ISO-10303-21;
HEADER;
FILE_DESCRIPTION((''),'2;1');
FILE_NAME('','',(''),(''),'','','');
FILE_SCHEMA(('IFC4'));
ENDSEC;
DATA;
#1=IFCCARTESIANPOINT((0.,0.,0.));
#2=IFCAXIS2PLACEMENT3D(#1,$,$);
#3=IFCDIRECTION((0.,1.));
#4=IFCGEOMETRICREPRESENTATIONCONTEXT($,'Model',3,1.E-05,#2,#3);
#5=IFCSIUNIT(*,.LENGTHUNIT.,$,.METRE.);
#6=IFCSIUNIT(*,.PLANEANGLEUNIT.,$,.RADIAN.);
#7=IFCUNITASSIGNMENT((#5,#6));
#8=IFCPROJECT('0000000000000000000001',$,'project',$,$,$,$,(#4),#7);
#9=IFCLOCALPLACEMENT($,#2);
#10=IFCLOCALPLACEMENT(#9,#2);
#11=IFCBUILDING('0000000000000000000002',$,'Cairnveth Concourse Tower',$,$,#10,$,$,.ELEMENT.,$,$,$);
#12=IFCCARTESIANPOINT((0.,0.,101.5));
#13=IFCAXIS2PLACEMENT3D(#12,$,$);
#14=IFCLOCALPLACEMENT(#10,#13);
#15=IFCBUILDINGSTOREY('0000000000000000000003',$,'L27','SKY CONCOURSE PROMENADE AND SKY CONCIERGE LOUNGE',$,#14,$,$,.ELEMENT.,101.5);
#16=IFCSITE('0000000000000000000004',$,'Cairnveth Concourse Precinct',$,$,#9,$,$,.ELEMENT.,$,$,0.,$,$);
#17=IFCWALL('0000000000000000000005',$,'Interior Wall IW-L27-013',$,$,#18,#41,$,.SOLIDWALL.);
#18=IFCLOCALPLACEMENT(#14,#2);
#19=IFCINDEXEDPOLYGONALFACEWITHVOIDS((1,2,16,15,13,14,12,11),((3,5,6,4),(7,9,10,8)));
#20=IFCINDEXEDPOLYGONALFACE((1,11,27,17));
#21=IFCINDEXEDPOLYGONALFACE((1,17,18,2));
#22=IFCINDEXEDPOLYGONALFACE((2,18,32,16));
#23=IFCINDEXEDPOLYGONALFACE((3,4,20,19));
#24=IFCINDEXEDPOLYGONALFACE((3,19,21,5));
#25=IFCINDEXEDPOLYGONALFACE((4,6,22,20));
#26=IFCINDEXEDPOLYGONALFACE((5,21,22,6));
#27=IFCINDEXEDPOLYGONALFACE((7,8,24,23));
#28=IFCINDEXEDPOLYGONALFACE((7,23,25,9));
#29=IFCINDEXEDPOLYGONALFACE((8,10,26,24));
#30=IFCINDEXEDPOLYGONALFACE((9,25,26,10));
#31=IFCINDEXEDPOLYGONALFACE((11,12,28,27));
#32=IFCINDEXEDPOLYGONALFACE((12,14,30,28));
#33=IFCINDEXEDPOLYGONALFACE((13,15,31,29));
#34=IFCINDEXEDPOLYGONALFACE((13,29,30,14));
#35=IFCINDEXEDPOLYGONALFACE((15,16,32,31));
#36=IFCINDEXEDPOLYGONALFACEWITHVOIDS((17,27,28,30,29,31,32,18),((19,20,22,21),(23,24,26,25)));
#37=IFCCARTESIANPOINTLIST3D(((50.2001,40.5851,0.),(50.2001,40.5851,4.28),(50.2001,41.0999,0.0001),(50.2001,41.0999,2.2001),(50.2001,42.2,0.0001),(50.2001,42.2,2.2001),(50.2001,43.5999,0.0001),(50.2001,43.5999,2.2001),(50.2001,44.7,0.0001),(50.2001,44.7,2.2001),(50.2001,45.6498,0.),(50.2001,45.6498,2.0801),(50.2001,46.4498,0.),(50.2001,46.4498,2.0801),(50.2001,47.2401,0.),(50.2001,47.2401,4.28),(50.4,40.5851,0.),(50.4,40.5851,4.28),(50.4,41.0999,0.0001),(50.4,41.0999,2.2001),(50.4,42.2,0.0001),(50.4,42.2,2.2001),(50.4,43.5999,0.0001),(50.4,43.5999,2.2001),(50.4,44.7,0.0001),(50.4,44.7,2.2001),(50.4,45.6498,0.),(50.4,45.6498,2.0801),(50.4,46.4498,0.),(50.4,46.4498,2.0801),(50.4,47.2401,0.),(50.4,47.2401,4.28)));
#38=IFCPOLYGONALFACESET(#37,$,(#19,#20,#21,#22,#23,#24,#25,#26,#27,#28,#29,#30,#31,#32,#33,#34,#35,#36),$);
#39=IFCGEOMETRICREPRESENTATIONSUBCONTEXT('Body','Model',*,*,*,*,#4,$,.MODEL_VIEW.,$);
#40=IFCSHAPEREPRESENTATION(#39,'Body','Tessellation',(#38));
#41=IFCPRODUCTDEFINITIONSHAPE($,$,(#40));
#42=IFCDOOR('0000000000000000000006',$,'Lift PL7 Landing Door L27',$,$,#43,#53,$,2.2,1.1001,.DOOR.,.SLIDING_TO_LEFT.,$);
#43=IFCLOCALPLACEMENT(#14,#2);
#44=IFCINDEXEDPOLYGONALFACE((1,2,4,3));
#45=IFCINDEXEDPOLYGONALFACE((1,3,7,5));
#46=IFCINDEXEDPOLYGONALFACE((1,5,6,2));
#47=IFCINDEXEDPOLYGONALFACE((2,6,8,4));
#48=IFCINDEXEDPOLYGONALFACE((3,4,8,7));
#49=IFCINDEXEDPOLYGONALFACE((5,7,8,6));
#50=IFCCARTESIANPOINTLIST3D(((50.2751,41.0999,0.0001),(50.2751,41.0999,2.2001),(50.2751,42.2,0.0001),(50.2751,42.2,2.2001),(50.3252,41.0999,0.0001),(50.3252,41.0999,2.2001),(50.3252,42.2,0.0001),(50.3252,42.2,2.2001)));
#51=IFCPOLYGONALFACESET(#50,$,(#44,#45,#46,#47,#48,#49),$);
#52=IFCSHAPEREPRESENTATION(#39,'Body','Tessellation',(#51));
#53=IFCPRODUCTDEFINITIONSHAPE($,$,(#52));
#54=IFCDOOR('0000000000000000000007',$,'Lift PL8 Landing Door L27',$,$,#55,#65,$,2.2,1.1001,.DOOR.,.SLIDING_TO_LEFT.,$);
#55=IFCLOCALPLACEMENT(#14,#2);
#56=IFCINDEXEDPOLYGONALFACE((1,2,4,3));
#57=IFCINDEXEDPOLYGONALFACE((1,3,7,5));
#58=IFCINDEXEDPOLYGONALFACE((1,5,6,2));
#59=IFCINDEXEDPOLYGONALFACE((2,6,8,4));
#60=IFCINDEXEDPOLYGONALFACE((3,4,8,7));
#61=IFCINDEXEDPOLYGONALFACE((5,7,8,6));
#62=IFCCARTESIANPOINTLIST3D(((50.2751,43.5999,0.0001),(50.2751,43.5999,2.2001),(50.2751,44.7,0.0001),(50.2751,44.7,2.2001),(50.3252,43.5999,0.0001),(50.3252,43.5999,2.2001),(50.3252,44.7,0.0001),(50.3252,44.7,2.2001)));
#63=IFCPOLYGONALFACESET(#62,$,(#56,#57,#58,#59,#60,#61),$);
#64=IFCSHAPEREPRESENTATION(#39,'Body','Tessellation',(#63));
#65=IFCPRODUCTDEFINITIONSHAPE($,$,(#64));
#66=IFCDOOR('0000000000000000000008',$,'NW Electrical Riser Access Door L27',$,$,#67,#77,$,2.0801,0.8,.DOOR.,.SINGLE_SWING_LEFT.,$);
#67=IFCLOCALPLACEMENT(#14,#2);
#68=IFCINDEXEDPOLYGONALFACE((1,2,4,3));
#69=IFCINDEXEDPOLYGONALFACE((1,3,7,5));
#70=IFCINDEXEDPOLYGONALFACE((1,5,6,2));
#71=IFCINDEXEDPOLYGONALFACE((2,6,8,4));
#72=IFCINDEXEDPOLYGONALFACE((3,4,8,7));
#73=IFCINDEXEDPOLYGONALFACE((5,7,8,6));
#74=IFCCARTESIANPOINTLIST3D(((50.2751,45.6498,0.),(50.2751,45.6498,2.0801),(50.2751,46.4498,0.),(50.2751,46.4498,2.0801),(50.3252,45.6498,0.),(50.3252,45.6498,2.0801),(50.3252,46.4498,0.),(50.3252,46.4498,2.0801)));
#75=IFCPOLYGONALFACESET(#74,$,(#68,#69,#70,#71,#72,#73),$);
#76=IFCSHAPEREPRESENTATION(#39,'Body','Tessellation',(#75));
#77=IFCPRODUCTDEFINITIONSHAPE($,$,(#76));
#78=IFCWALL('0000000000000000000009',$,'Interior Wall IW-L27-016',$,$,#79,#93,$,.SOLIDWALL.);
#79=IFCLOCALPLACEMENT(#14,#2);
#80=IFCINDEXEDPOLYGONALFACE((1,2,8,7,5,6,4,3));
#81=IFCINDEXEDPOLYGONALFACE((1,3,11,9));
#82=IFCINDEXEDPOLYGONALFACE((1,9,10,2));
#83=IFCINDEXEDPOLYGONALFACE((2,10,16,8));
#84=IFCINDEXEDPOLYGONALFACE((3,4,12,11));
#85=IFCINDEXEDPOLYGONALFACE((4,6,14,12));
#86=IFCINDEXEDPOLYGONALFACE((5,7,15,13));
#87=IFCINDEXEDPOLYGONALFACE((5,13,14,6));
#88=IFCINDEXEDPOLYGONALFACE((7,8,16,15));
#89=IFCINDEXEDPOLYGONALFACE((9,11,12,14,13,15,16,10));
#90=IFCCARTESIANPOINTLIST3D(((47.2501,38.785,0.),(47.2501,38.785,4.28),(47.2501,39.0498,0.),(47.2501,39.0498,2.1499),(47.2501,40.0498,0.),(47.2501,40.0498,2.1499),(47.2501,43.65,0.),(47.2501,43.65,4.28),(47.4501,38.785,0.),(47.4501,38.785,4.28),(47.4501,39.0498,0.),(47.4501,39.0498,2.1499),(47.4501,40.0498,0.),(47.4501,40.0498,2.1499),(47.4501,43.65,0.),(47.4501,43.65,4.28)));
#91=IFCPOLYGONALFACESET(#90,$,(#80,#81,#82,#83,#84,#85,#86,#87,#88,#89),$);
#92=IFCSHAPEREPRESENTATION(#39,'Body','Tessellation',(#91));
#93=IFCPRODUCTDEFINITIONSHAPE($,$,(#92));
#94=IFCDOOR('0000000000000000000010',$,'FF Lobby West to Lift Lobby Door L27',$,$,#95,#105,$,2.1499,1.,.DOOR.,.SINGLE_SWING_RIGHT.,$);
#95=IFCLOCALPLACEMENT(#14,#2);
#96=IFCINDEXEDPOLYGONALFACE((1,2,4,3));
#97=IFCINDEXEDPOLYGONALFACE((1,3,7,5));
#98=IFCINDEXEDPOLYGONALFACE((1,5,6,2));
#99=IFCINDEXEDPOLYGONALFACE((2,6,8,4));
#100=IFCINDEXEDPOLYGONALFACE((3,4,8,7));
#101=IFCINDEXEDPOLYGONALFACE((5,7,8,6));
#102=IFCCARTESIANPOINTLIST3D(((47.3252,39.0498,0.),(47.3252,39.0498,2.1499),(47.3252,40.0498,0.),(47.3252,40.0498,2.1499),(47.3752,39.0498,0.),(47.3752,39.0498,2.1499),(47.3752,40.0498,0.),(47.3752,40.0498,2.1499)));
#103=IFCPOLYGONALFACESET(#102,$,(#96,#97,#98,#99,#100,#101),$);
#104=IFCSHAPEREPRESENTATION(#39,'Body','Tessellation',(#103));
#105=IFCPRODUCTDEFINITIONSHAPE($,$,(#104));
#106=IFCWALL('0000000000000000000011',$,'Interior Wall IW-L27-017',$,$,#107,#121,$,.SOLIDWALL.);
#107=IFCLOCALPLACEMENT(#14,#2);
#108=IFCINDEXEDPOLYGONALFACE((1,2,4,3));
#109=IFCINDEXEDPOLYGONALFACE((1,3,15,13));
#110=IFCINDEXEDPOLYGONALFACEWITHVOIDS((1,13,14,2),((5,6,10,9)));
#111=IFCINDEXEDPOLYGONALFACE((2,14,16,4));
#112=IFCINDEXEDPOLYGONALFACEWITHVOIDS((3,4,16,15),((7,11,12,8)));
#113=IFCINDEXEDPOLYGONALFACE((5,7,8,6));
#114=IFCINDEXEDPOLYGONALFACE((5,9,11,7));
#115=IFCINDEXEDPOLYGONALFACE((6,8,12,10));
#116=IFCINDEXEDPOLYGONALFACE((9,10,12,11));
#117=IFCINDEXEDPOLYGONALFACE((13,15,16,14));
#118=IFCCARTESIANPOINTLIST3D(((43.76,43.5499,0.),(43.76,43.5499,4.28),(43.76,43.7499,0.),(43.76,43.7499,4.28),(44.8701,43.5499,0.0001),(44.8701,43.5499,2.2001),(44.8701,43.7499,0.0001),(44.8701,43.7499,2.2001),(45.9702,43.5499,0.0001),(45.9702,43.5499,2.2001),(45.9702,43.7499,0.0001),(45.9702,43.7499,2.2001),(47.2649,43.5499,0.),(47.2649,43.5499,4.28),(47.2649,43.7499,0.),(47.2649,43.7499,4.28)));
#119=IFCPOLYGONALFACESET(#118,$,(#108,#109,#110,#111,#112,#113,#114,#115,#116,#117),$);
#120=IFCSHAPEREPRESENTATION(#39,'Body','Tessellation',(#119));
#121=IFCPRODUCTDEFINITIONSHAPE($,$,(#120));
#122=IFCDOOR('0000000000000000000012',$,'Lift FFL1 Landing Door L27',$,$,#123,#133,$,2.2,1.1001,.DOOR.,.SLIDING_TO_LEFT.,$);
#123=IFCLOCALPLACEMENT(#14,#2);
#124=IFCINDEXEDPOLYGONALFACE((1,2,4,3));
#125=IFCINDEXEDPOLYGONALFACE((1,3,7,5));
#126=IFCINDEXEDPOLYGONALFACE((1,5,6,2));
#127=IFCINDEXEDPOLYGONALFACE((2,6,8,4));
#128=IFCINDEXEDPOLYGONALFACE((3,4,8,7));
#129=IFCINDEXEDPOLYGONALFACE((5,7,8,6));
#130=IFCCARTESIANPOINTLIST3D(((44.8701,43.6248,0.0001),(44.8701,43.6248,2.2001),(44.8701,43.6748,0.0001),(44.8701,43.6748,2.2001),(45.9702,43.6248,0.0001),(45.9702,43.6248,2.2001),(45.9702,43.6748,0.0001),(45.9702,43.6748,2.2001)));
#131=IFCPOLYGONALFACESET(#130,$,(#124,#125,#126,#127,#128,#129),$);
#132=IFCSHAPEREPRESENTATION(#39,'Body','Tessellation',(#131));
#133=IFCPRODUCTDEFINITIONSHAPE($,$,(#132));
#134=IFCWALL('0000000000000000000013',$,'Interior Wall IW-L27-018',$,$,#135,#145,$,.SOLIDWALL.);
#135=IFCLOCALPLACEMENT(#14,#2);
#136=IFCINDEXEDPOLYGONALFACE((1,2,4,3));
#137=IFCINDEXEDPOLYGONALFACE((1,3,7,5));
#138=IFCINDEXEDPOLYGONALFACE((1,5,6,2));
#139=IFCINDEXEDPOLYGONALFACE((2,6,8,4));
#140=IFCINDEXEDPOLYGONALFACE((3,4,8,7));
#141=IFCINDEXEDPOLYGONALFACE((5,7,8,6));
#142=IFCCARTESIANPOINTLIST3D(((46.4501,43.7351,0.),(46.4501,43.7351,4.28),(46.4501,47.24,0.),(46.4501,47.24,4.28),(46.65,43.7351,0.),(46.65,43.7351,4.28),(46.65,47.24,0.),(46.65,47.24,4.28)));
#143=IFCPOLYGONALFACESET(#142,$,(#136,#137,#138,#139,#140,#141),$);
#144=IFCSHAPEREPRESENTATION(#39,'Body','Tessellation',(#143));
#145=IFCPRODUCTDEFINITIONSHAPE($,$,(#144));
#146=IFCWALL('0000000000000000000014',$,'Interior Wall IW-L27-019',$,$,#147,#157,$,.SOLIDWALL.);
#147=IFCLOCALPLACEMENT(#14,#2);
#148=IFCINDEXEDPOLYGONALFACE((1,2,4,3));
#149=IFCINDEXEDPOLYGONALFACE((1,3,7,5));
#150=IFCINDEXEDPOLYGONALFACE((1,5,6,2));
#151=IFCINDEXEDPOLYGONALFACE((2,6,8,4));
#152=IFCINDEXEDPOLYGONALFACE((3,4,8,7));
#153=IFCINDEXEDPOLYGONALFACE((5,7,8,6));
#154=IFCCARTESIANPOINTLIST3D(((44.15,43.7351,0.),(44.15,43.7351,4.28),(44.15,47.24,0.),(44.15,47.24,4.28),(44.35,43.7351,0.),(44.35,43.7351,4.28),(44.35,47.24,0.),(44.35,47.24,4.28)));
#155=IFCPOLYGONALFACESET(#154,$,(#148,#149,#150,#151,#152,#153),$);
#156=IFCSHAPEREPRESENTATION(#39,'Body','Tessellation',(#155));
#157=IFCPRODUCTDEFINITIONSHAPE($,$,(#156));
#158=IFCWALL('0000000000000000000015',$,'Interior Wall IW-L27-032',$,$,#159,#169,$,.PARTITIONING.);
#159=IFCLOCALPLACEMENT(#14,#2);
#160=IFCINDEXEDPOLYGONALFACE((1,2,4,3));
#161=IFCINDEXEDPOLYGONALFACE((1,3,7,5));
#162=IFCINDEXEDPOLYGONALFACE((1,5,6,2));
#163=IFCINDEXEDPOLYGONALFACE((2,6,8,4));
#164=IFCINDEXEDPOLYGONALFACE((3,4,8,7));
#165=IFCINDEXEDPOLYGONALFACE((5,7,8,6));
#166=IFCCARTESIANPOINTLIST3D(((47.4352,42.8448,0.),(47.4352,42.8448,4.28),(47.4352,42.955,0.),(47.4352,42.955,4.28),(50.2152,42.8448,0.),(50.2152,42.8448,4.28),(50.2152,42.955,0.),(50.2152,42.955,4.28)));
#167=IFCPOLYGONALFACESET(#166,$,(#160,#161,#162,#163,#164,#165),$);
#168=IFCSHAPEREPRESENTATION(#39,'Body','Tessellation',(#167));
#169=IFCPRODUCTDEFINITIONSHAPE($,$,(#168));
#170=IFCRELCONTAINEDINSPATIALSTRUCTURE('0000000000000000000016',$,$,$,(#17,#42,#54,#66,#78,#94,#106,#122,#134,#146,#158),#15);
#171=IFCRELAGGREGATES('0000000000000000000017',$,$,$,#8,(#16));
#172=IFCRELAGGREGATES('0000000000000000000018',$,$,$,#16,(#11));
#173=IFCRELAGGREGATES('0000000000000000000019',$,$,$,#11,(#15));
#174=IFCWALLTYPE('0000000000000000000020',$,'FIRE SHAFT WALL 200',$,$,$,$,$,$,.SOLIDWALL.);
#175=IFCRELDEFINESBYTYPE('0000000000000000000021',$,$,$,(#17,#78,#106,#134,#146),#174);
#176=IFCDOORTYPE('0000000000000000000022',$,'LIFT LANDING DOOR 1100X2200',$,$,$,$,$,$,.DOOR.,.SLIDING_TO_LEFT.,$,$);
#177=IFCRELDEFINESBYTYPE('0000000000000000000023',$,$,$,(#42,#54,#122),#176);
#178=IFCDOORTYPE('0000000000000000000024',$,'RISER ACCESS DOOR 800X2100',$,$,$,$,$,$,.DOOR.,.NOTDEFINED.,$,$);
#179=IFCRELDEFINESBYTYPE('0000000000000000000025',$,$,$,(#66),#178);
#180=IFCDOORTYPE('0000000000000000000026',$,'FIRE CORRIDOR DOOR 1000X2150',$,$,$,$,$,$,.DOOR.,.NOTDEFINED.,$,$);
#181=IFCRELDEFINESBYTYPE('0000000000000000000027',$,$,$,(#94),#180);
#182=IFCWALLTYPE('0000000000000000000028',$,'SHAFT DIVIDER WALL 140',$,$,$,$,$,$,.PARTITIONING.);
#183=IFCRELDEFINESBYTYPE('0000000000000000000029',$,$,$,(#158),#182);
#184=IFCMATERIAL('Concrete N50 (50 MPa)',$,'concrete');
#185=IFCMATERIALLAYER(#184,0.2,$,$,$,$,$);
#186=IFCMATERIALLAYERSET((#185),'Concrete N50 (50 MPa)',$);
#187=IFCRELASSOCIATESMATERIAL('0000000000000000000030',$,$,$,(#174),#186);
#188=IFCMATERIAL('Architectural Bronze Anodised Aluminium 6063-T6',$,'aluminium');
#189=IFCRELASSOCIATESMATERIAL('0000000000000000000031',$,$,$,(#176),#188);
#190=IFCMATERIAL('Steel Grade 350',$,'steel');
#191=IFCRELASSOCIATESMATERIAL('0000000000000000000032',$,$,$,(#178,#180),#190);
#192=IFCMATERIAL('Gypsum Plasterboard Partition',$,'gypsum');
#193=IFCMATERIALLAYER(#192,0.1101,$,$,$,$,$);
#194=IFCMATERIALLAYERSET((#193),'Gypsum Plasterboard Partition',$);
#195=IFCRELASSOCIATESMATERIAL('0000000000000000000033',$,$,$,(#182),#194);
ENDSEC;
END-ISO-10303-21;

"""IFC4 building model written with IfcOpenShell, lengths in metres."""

from ifc_helpers import new_model, si_unit, direction, frame, frame_2d, origin, place, context, subcontext, project, spatial, rectangle, extrude, material, layer, layer_set, type_object, element, fill, save


model = new_model("IFC4")

# Units and contexts
model_context = context("Model", 3, precision=1e-05, world=origin(), true_north=direction((0.0, 1.0)))
body_context = subcontext(model_context, "Body", "Model", "MODEL_VIEW")
ifc_project = project(units=[si_unit("LENGTHUNIT", "METRE"), si_unit("PLANEANGLEUNIT", "RADIAN")], contexts=[model_context])

# Site, building, storey
site_placement = place(None, origin())
site = spatial("IfcSite", under=ifc_project, at=site_placement, Name="Cairnveth Concourse Precinct", CompositionType="ELEMENT", RefElevation=0.0)
building_placement = place(site_placement, origin())
building = spatial("IfcBuilding", under=site, at=building_placement, Name="Cairnveth Concourse Tower", CompositionType="ELEMENT")
storey_placement = place(building_placement, frame((0.0, 0.0, 101.5)))
storey = spatial("IfcBuildingStorey", under=building, at=storey_placement, Name="L27", Description="SKY CONCOURSE PROMENADE AND SKY CONCIERGE LOUNGE", CompositionType="ELEMENT", Elevation=101.5)

# Shared definitions
ifc_material_1 = material(Name="Architectural Bronze Anodised Aluminium 6063-T6", Category="aluminium")

# Shared definitions
ifc_material_2 = material(Name="Concrete N50 (50 MPa)", Category="concrete")

# Shared definitions
ifc_material_3 = material(Name="Steel Grade 350", Category="steel")

# Shared definitions
ifc_layer_1 = layer(ifc_material_2, 0.2)
ifc_layer_set_1 = layer_set([ifc_layer_1], Name="Concrete N50 (50 MPa)")
wall_type_1 = type_object("IfcWallType", Name="FIRE SHAFT WALL 200", PredefinedType="SOLIDWALL", material=ifc_layer_set_1)

# Wall, openings, doors
wall_1_placement = place(storey_placement, frame((50.3, 40.585, 0.0), z_axis=(0.0, 0.0, 1.0), x_axis=(0.0, 1.0, 0.0)))
wall_1 = element("IfcWall", 1, at=wall_1_placement, inside=storey, type_object=wall_type_1, Name="Interior Wall IW-L27-013", PredefinedType="SOLIDWALL", context=body_context, shape_type="SweptSolid", body=[
    extrude(rectangle(XDim=6.655, YDim=0.2, at=frame_2d((3.3276, 0.0))), origin(), (0.0, 0.0, 1.0), 4.28),
])
opening_1_placement = place(wall_1_placement, frame((0.5149, 0.0, 0.0)))
opening_1 = element("IfcOpeningElement", 2, at=opening_1_placement, cuts=wall_1, PredefinedType="OPENING", context=body_context, shape_type="SweptSolid", body=[
    extrude(rectangle(XDim=1.1001, YDim=2.2, at=frame_2d((0.55, 1.1001))), frame((0.0, 0.1099, 0.0), z_axis=(0.0, -1.0, 0.0), x_axis=(1.0, 0.0, 0.0)), (0.0, 0.0, 1.0), 0.22),
])
opening_2_placement = place(wall_1_placement, frame((3.0149, 0.0, 0.0)))
opening_2 = element("IfcOpeningElement", 3, at=opening_2_placement, cuts=wall_1, PredefinedType="OPENING", context=body_context, shape_type="SweptSolid", body=[
    extrude(rectangle(XDim=1.1001, YDim=2.2, at=frame_2d((0.55, 1.1001))), frame((0.0, 0.1099, 0.0), z_axis=(0.0, -1.0, 0.0), x_axis=(1.0, 0.0, 0.0)), (0.0, 0.0, 1.0), 0.22),
])
opening_3_placement = place(wall_1_placement, frame((5.0649, 0.0, 0.0)))
opening_3 = element("IfcOpeningElement", 4, at=opening_3_placement, cuts=wall_1, PredefinedType="OPENING", context=body_context, shape_type="SweptSolid", body=[
    extrude(rectangle(XDim=0.8, YDim=2.0801, at=frame_2d((0.3999, 1.04))), frame((0.0, 0.1099, 0.0), z_axis=(0.0, -1.0, 0.0), x_axis=(1.0, 0.0, 0.0)), (0.0, 0.0, 1.0), 0.22),
])
door_type_1 = type_object("IfcDoorType", Name="LIFT LANDING DOOR 1100X2200", OperationType="SLIDING_TO_LEFT", PredefinedType="DOOR", material=ifc_material_1)
door_1_placement = place(opening_1_placement, origin())
door_1 = element("IfcDoor", 5, at=door_1_placement, inside=storey, type_object=door_type_1, Name="Lift PL7 Landing Door L27", OperationType="SLIDING_TO_LEFT", OverallHeight=2.2, OverallWidth=1.1001, PredefinedType="DOOR", context=body_context, shape_type="SweptSolid", body=[
    extrude(rectangle(XDim=1.1001, YDim=2.2, at=frame_2d((0.55, 1.1001))), frame((0.0, 0.0249, 0.0), z_axis=(0.0, -1.0, 0.0), x_axis=(1.0, 0.0, 0.0)), (0.0, 0.0, 1.0), 0.05),
])
fill(opening_1, door_1)
door_2_placement = place(opening_2_placement, origin())
door_2 = element("IfcDoor", 6, at=door_2_placement, inside=storey, type_object=door_type_1, Name="Lift PL8 Landing Door L27", OperationType="SLIDING_TO_LEFT", OverallHeight=2.2, OverallWidth=1.1001, PredefinedType="DOOR", context=body_context, shape_type="SweptSolid", body=[
    extrude(rectangle(XDim=1.1001, YDim=2.2, at=frame_2d((0.55, 1.1001))), frame((0.0, 0.0249, 0.0), z_axis=(0.0, -1.0, 0.0), x_axis=(1.0, 0.0, 0.0)), (0.0, 0.0, 1.0), 0.05),
])
fill(opening_2, door_2)
door_type_2 = type_object("IfcDoorType", Name="RISER ACCESS DOOR 800X2100", OperationType="NOTDEFINED", PredefinedType="DOOR", material=ifc_material_3)
door_3_placement = place(opening_3_placement, origin())
door_3 = element("IfcDoor", 7, at=door_3_placement, inside=storey, type_object=door_type_2, Name="NW Electrical Riser Access Door L27", OperationType="SINGLE_SWING_LEFT", OverallHeight=2.0801, OverallWidth=0.8, PredefinedType="DOOR", context=body_context, shape_type="SweptSolid", body=[
    extrude(rectangle(XDim=0.8, YDim=2.0801, at=frame_2d((0.3999, 1.04))), frame((0.0, 0.0249, 0.0), z_axis=(0.0, -1.0, 0.0), x_axis=(1.0, 0.0, 0.0)), (0.0, 0.0, 1.0), 0.05),
])
fill(opening_3, door_3)

# Walls, openings, doors
wall_2_placement = place(storey_placement, frame((47.3501, 38.7849, 0.0), z_axis=(0.0, 0.0, 1.0), x_axis=(0.0, 1.0, 0.0)))
wall_2 = element("IfcWall", 8, at=wall_2_placement, inside=storey, type_object=wall_type_1, Name="Interior Wall IW-L27-016", PredefinedType="SOLIDWALL", context=body_context, shape_type="SweptSolid", body=[
    extrude(rectangle(XDim=4.865, YDim=0.2, at=frame_2d((2.4326, 0.0))), origin(), (0.0, 0.0, 1.0), 4.28),
])
opening_4_placement = place(wall_2_placement, frame((0.2649, 0.0, 0.0)))
opening_4 = element("IfcOpeningElement", 9, at=opening_4_placement, cuts=wall_2, PredefinedType="OPENING", context=body_context, shape_type="SweptSolid", body=[
    extrude(rectangle(XDim=1.0, YDim=2.1499, at=frame_2d((0.5, 1.075))), frame((0.0, 0.1099, 0.0), z_axis=(0.0, -1.0, 0.0), x_axis=(1.0, 0.0, 0.0)), (0.0, 0.0, 1.0), 0.22),
])
door_type_3 = type_object("IfcDoorType", Name="FIRE CORRIDOR DOOR 1000X2150", OperationType="NOTDEFINED", PredefinedType="DOOR", material=ifc_material_3)
door_4_placement = place(opening_4_placement, origin())
door_4 = element("IfcDoor", 10, at=door_4_placement, inside=storey, type_object=door_type_3, Name="FF Lobby West to Lift Lobby Door L27", OperationType="SINGLE_SWING_RIGHT", OverallHeight=2.1499, OverallWidth=1.0, PredefinedType="DOOR", context=body_context, shape_type="SweptSolid", body=[
    extrude(rectangle(XDim=1.0, YDim=2.1499, at=frame_2d((0.5, 1.075))), frame((0.0, 0.0249, 0.0), z_axis=(0.0, -1.0, 0.0), x_axis=(1.0, 0.0, 0.0)), (0.0, 0.0, 1.0), 0.05),
])
fill(opening_4, door_4)
wall_3_placement = place(storey_placement, frame((43.76, 43.6499, 0.0), z_axis=(0.0, 0.0, 1.0), x_axis=(1.0, 0.0, 0.0)))
wall_3 = element("IfcWall", 11, at=wall_3_placement, inside=storey, type_object=wall_type_1, Name="Interior Wall IW-L27-017", PredefinedType="SOLIDWALL", context=body_context, shape_type="SweptSolid", body=[
    extrude(rectangle(XDim=3.5049, YDim=0.2, at=frame_2d((1.7524, 0.0))), origin(), (0.0, 0.0, 1.0), 4.28),
])
opening_5_placement = place(wall_3_placement, frame((1.1101, 0.0, 0.0)))
opening_5 = element("IfcOpeningElement", 12, at=opening_5_placement, cuts=wall_3, PredefinedType="OPENING", context=body_context, shape_type="SweptSolid", body=[
    extrude(rectangle(XDim=1.1001, YDim=2.2, at=frame_2d((0.55, 1.1001))), frame((0.0, 0.1099, 0.0), z_axis=(0.0, -1.0, 0.0), x_axis=(1.0, 0.0, 0.0)), (0.0, 0.0, 1.0), 0.22),
])
door_5_placement = place(opening_5_placement, origin())
door_5 = element("IfcDoor", 13, at=door_5_placement, inside=storey, type_object=door_type_1, Name="Lift FFL1 Landing Door L27", OperationType="SLIDING_TO_LEFT", OverallHeight=2.2, OverallWidth=1.1001, PredefinedType="DOOR", context=body_context, shape_type="SweptSolid", body=[
    extrude(rectangle(XDim=1.1001, YDim=2.2, at=frame_2d((0.55, 1.1001))), frame((0.0, 0.0249, 0.0), z_axis=(0.0, -1.0, 0.0), x_axis=(1.0, 0.0, 0.0)), (0.0, 0.0, 1.0), 0.05),
])
fill(opening_5, door_5)

# Walls
for number, where, z_axis, x_axis, name in (
    (14, (46.55, 43.7351, 0.0), (0.0, 0.0, 1.0), (0.0, 1.0, 0.0), "Interior Wall IW-L27-018"),
    (15, (44.25, 43.7351, 0.0), (0.0, 0.0, 1.0), (0.0, 1.0, 0.0), "Interior Wall IW-L27-019"),
):
    element("IfcWall", number, at=place(storey_placement, frame(where, z_axis=z_axis, x_axis=x_axis)), inside=storey, type_object=wall_type_1, Name=name, PredefinedType="SOLIDWALL", context=body_context, shape_type="SweptSolid", body=[
        extrude(rectangle(XDim=3.5049, YDim=0.2, at=frame_2d((1.7524, 0.0))), origin(), (0.0, 0.0, 1.0), 4.28),
    ])
ifc_material_4 = material(Name="Gypsum Plasterboard Partition", Category="gypsum")
ifc_layer_2 = layer(ifc_material_4, 0.1101)
ifc_layer_set_2 = layer_set([ifc_layer_2], Name="Gypsum Plasterboard Partition")
wall_type_2 = type_object("IfcWallType", Name="SHAFT DIVIDER WALL 140", PredefinedType="PARTITIONING", material=ifc_layer_set_2)
wall_4_placement = place(storey_placement, frame((47.4351, 42.8999, 0.0), z_axis=(0.0, 0.0, 1.0), x_axis=(1.0, 0.0, 0.0)))
element("IfcWall", 16, at=wall_4_placement, inside=storey, type_object=wall_type_2, Name="Interior Wall IW-L27-032", PredefinedType="PARTITIONING", context=body_context, shape_type="SweptSolid", body=[
    extrude(rectangle(XDim=2.78, YDim=0.1101, at=frame_2d((1.3901, 0.0))), origin(), (0.0, 0.0, 1.0), 4.28),
])

save(model, "model.ifc")
